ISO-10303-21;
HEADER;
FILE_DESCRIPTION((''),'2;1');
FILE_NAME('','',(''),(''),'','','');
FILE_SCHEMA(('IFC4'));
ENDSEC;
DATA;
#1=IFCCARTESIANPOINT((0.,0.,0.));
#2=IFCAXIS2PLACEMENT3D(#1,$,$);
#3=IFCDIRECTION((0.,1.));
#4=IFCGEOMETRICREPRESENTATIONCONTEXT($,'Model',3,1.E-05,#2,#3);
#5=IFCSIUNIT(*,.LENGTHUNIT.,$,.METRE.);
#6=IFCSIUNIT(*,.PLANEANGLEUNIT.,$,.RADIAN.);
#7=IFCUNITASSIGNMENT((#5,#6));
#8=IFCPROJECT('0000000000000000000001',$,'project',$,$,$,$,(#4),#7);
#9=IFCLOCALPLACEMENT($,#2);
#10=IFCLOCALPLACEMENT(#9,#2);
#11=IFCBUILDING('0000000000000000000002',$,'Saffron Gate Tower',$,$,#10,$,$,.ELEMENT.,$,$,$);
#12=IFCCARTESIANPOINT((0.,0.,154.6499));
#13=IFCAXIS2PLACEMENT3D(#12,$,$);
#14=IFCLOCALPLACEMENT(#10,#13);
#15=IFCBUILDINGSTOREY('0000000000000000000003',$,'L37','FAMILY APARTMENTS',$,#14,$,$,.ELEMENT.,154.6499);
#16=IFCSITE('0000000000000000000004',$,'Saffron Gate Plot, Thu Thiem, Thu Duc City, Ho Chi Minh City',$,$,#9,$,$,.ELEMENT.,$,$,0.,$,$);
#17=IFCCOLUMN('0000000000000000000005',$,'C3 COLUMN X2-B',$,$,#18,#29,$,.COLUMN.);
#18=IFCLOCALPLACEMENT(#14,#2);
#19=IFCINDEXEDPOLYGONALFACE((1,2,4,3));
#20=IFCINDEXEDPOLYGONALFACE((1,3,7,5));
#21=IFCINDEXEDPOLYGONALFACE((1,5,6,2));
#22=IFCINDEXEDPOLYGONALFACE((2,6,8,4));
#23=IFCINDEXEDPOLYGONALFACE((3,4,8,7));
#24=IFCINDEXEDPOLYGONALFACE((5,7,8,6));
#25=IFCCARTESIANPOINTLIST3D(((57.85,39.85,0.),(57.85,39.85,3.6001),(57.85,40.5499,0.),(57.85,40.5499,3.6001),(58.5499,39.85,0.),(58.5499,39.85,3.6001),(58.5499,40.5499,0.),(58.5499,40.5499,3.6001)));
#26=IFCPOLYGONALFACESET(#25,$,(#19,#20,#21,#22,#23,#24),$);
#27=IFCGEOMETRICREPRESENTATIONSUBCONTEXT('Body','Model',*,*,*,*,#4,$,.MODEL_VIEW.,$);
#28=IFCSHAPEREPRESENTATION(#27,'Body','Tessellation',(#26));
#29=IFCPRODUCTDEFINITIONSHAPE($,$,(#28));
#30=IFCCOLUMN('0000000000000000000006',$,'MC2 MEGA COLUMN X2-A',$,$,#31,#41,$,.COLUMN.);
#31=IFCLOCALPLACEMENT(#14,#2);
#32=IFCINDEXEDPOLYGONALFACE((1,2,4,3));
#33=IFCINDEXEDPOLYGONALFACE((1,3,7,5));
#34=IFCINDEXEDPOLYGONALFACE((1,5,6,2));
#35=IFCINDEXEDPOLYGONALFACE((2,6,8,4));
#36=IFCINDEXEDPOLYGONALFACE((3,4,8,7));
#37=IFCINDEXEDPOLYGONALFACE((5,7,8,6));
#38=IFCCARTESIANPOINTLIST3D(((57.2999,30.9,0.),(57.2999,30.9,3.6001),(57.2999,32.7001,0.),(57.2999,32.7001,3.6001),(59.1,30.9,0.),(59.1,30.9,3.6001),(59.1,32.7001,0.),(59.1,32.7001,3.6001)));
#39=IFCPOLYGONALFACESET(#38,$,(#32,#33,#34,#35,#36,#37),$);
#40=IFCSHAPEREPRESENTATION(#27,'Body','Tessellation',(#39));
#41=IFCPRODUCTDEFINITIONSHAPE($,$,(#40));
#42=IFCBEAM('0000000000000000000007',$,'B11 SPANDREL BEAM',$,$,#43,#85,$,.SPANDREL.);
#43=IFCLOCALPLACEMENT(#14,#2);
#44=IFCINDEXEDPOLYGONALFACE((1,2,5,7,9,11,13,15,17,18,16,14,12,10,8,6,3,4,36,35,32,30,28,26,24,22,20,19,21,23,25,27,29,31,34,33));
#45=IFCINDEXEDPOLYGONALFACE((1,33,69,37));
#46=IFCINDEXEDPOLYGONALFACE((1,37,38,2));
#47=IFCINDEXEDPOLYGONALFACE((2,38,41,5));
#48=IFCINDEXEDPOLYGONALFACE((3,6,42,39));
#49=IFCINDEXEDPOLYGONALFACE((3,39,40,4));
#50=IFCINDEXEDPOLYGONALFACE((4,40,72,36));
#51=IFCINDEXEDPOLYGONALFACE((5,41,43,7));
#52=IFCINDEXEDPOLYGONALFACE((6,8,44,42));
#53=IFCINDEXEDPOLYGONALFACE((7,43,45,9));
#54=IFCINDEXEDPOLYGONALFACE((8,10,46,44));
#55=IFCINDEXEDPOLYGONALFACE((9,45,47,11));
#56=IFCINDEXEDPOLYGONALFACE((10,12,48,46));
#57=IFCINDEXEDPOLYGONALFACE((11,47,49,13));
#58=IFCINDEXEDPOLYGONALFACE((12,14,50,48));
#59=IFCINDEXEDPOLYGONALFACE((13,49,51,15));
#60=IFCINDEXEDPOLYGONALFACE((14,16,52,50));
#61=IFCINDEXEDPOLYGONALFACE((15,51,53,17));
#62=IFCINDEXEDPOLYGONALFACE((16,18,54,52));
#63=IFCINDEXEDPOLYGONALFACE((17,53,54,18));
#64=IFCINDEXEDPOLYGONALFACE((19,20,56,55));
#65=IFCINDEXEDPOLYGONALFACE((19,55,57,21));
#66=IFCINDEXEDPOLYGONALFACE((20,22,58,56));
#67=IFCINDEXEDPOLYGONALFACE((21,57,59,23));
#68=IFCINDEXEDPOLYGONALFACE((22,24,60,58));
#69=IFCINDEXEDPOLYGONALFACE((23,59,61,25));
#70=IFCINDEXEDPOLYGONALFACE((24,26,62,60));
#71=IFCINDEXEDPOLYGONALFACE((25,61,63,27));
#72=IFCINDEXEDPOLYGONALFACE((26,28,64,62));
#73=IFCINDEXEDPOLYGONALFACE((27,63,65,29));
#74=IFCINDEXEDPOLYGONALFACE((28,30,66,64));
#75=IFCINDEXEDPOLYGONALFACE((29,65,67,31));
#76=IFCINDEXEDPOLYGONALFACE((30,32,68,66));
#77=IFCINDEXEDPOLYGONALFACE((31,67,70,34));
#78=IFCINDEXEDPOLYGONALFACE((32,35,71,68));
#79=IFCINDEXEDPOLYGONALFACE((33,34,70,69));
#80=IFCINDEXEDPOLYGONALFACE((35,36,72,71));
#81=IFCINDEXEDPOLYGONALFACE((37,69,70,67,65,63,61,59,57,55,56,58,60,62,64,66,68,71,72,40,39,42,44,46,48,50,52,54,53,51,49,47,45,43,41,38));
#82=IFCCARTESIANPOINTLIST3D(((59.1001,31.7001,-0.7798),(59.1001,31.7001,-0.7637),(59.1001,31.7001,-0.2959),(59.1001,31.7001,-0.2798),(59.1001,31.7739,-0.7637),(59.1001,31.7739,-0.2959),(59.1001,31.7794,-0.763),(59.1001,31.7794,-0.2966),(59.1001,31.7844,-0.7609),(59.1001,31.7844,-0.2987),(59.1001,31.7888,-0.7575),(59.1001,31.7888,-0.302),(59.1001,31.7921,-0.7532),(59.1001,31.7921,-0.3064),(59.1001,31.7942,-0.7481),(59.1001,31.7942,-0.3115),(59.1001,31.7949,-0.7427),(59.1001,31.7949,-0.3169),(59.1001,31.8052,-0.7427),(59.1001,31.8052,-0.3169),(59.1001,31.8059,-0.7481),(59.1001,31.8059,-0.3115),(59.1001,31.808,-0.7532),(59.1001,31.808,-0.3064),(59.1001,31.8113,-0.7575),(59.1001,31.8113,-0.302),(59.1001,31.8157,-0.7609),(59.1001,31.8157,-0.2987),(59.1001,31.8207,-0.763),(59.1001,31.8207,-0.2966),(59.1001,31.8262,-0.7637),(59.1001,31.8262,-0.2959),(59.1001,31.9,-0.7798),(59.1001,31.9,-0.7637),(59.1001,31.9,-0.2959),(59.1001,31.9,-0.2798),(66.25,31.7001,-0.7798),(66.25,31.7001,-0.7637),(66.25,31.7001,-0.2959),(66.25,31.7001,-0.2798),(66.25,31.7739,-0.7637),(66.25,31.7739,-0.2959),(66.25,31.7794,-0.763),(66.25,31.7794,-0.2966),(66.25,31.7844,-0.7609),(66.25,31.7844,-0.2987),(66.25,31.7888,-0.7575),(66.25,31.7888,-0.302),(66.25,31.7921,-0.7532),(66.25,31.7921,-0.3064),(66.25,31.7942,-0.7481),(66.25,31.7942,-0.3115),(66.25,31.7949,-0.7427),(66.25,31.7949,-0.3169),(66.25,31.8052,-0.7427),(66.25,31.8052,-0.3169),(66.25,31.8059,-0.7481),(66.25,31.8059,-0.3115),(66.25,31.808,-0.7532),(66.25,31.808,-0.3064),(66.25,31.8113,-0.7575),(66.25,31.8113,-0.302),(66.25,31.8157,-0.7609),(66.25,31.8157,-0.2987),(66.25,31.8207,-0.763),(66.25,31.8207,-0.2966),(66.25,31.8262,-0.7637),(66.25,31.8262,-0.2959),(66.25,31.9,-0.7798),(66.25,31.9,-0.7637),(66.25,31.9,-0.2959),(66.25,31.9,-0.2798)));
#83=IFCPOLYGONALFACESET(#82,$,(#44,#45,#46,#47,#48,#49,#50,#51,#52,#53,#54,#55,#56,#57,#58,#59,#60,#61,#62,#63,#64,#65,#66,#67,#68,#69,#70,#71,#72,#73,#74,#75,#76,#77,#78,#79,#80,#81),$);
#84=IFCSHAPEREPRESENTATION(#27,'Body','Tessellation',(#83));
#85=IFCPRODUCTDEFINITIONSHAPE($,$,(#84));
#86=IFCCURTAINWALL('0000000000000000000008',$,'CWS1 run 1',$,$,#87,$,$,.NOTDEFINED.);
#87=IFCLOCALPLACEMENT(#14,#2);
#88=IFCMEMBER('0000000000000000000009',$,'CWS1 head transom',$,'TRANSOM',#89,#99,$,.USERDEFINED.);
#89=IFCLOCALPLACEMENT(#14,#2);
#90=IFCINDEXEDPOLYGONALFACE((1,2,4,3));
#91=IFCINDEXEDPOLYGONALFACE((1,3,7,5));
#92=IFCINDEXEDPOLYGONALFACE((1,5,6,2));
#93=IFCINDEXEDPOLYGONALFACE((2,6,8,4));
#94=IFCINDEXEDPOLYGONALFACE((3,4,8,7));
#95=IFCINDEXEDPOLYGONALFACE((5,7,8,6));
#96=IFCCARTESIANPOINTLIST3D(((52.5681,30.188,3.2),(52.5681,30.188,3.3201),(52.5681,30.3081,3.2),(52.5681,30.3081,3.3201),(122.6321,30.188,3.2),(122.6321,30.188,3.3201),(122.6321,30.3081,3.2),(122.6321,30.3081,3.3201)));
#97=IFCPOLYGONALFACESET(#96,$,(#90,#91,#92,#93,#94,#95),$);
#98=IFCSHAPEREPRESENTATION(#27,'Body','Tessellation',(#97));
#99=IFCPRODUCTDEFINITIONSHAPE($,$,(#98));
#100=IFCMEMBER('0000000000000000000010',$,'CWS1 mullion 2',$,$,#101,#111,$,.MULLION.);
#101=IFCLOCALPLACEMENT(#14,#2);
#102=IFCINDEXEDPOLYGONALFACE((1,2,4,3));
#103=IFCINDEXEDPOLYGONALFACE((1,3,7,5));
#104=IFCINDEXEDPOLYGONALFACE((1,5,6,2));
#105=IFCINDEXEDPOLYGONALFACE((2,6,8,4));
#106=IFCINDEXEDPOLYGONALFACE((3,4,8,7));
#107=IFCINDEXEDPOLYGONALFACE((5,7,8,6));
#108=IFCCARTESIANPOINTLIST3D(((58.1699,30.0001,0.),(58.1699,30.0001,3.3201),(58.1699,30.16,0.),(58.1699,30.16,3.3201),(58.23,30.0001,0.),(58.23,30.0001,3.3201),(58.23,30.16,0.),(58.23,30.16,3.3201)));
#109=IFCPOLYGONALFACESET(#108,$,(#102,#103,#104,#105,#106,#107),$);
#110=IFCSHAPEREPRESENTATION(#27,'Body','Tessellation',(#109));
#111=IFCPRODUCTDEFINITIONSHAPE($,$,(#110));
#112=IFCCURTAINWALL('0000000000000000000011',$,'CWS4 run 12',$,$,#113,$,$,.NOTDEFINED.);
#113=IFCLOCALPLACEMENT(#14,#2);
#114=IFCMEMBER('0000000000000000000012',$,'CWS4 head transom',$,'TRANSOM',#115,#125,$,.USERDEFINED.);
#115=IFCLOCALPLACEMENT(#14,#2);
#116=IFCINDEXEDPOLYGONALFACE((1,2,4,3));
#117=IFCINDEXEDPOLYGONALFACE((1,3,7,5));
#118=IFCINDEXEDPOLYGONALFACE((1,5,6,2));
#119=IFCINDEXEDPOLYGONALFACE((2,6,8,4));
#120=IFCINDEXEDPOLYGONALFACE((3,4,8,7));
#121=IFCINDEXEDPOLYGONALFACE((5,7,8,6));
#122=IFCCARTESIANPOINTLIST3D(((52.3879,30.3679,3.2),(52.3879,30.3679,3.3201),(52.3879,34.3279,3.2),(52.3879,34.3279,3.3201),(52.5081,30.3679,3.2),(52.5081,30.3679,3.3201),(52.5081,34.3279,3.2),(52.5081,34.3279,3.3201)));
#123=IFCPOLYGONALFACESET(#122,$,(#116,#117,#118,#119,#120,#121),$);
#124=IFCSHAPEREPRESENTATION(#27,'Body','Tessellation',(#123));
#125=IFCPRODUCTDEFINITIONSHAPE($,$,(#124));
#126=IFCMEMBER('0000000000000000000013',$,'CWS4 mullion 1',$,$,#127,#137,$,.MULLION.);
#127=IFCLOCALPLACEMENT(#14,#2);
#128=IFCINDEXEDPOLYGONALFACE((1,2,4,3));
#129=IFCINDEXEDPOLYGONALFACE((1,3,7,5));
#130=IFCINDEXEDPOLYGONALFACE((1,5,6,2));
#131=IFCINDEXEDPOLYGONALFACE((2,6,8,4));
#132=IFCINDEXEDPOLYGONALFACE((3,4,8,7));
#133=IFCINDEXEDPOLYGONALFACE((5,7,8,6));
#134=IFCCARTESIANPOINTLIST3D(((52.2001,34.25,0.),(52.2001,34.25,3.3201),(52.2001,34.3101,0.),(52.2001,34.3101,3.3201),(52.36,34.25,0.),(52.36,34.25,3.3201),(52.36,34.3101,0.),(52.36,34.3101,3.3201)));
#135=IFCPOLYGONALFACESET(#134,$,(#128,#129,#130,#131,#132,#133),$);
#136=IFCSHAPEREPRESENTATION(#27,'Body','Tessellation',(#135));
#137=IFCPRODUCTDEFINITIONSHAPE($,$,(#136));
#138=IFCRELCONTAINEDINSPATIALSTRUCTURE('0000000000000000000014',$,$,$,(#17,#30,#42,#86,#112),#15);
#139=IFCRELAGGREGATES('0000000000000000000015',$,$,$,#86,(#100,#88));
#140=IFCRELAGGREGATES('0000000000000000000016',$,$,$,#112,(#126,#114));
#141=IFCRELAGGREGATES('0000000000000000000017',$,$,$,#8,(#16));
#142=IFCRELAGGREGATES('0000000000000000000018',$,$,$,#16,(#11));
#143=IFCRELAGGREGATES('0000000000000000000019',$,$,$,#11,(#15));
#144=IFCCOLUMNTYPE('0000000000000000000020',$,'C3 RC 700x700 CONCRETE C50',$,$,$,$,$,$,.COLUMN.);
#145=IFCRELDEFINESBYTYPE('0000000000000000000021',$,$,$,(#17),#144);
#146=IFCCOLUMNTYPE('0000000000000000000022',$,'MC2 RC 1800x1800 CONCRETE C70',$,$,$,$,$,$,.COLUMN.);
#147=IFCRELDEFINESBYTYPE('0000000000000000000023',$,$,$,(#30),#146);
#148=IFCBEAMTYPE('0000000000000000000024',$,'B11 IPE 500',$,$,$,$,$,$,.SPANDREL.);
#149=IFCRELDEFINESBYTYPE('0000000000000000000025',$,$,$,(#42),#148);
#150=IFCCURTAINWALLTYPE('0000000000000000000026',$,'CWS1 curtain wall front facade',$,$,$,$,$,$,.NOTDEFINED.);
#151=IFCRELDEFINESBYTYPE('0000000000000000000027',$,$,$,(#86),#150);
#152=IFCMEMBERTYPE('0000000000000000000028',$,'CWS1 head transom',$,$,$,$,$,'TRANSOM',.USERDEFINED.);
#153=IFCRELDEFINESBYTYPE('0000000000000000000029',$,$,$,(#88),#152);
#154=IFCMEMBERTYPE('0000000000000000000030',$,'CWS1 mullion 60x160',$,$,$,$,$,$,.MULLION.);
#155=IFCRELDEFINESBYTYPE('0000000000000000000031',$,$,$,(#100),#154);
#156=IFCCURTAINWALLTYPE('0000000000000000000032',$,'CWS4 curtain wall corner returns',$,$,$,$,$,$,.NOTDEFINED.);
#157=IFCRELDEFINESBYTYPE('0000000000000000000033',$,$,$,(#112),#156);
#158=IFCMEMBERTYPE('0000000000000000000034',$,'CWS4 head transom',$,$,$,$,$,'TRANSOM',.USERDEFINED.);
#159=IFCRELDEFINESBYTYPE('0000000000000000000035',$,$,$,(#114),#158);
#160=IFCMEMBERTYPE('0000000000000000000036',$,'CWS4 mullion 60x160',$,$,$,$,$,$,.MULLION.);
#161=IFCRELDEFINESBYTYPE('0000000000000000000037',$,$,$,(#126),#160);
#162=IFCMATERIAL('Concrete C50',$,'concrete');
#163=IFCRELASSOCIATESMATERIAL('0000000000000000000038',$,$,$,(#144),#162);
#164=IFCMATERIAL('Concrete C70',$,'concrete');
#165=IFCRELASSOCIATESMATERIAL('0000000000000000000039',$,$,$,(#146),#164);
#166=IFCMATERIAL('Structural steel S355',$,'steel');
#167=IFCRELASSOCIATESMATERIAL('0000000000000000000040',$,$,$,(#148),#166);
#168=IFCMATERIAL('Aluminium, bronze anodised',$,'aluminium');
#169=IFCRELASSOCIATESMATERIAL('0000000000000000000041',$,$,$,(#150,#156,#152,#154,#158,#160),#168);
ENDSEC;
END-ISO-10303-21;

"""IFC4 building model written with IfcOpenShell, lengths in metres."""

from ifc_helpers import new_model, si_unit, direction, frame, origin, origin_2d, place, context, subcontext, project, spatial, rectangle, i_section, extrude, material, material_profile, profile_set, type_object, element, aggregate, save


model = new_model("IFC4")

# Units and contexts
model_context = context("Model", 3, precision=1e-05, world=origin(), true_north=direction((0.0, 1.0)))
body_context = subcontext(model_context, "Body", "Model", "MODEL_VIEW")
ifc_project = project(units=[si_unit("LENGTHUNIT", "METRE"), si_unit("PLANEANGLEUNIT", "RADIAN")], contexts=[model_context])

# Site, building, storey
site_placement = place(None, origin())
site = spatial("IfcSite", under=ifc_project, at=site_placement, Name="Saffron Gate Plot, Thu Thiem, Thu Duc City, Ho Chi Minh City", CompositionType="ELEMENT", RefElevation=0.0)
building_placement = place(site_placement, origin())
building = spatial("IfcBuilding", under=site, at=building_placement, Name="Saffron Gate Tower", CompositionType="ELEMENT")
storey_placement = place(building_placement, frame((0.0, 0.0, 154.6499)))
storey = spatial("IfcBuildingStorey", under=building, at=storey_placement, Name="L37", Description="FAMILY APARTMENTS", CompositionType="ELEMENT", Elevation=154.6499)

# Columns
ifc_material_1 = material(Name="Concrete C50", Category="concrete")
ifc_material_profile_1 = material_profile(ifc_material_1, rectangle(XDim=0.7, YDim=0.7, at=origin_2d()))
ifc_profile_set_1 = profile_set([ifc_material_profile_1], Name="Concrete C50")
column_type_1 = type_object("IfcColumnType", Name="C3 RC 700x700 CONCRETE C50", PredefinedType="COLUMN", material=ifc_profile_set_1)
column_1_placement = place(storey_placement, frame((58.2, 40.2, 0.0), z_axis=(0.0, 0.0, 1.0), x_axis=(1.0, 0.0, 0.0)))
element("IfcColumn", 1, at=column_1_placement, inside=storey, type_object=column_type_1, Name="C3 COLUMN X2-B", PredefinedType="COLUMN", context=body_context, shape_type="SweptSolid", body=[
    extrude(rectangle(XDim=0.7, YDim=0.7, at=origin_2d()), origin(), (0.0, 0.0, 1.0), 3.6001),
])
ifc_material_2 = material(Name="Concrete C70", Category="concrete")
ifc_material_profile_2 = material_profile(ifc_material_2, rectangle(XDim=1.8, YDim=1.8, at=origin_2d()))
ifc_profile_set_2 = profile_set([ifc_material_profile_2], Name="Concrete C70")
column_type_2 = type_object("IfcColumnType", Name="MC2 RC 1800x1800 CONCRETE C70", PredefinedType="COLUMN", material=ifc_profile_set_2)
column_2_placement = place(storey_placement, frame((58.2, 31.8, 0.0), z_axis=(0.0, 0.0, 1.0), x_axis=(1.0, 0.0, 0.0)))
element("IfcColumn", 2, at=column_2_placement, inside=storey, type_object=column_type_2, Name="MC2 MEGA COLUMN X2-A", PredefinedType="COLUMN", context=body_context, shape_type="SweptSolid", body=[
    extrude(rectangle(XDim=1.8, YDim=1.8, at=origin_2d()), origin(), (0.0, 0.0, 1.0), 3.6001),
])

# Beam
ifc_material_3 = material(Name="Structural steel S355", Category="steel")
ifc_material_profile_3 = material_profile(ifc_material_3, i_section(OverallWidth=0.2, OverallDepth=0.5, WebThickness=0.0103, FlangeThickness=0.0161, FilletRadius=0.021, at=origin_2d()))
ifc_profile_set_3 = profile_set([ifc_material_profile_3], Name="Structural steel S355")
beam_type = type_object("IfcBeamType", Name="B11 IPE 500", PredefinedType="SPANDREL", material=ifc_profile_set_3)
beam_placement = place(storey_placement, frame((59.1001, 31.8, -0.5298), z_axis=(1.0, 0.0, 0.0), x_axis=(0.0, 1.0, 0.0)))
element("IfcBeam", 3, at=beam_placement, inside=storey, type_object=beam_type, Name="B11 SPANDREL BEAM", PredefinedType="SPANDREL", context=body_context, shape_type="SweptSolid", body=[
    extrude(i_section(OverallWidth=0.2, OverallDepth=0.5, WebThickness=0.0103, FlangeThickness=0.0161, FilletRadius=0.021, at=origin_2d()), origin(), (0.0, 0.0, 1.0), 7.1499),
])

# Curtain walls, members
ifc_material_4 = material(Name="Aluminium, bronze anodised", Category="aluminium")
curtain_wall_type_1 = type_object("IfcCurtainWallType", Name="CWS1 curtain wall front facade", PredefinedType="NOTDEFINED", material=ifc_material_4)
curtain_wall_1_placement = place(storey_placement, origin())
curtain_wall_1 = element("IfcCurtainWall", 4, at=curtain_wall_1_placement, inside=storey, type_object=curtain_wall_type_1, Name="CWS1 run 1", PredefinedType="NOTDEFINED")
ifc_material_profile_4 = material_profile(ifc_material_4, rectangle(XDim=0.1201, YDim=0.1201, at=origin_2d()))
ifc_profile_set_4 = profile_set([ifc_material_profile_4], Name="Aluminium, bronze anodised")
member_type_1 = type_object("IfcMemberType", Name="CWS1 head transom", ElementType="TRANSOM", PredefinedType="USERDEFINED", material=ifc_profile_set_4)
member_1_placement = place(storey_placement, frame((52.5681, 30.248, 3.26), z_axis=(1.0, 0.0, 0.0), x_axis=(0.0, 1.0, 0.0)))
member_1 = element("IfcMember", 5, at=member_1_placement, type_object=member_type_1, Name="CWS1 head transom", ObjectType="TRANSOM", PredefinedType="USERDEFINED", context=body_context, shape_type="SweptSolid", body=[
    extrude(rectangle(XDim=0.1201, YDim=0.1201, at=origin_2d()), origin(), (0.0, 0.0, 1.0), 70.064),
])
ifc_material_profile_5 = material_profile(ifc_material_4, rectangle(XDim=0.1599, YDim=0.0601, at=origin_2d()))
ifc_profile_set_5 = profile_set([ifc_material_profile_5], Name="Aluminium, bronze anodised")
member_type_2 = type_object("IfcMemberType", Name="CWS1 mullion 60x160", PredefinedType="MULLION", material=ifc_profile_set_5)
member_2_placement = place(storey_placement, frame((58.2, 30.0801, 0.0), z_axis=(0.0, 0.0, 1.0), x_axis=(0.0, 1.0, 0.0)))
member_2 = element("IfcMember", 6, at=member_2_placement, type_object=member_type_2, Name="CWS1 mullion 2", PredefinedType="MULLION", context=body_context, shape_type="SweptSolid", body=[
    extrude(rectangle(XDim=0.1599, YDim=0.0601, at=origin_2d()), origin(), (0.0, 0.0, 1.0), 3.3201),
])
curtain_wall_type_2 = type_object("IfcCurtainWallType", Name="CWS4 curtain wall corner returns", PredefinedType="NOTDEFINED", material=ifc_material_4)
curtain_wall_2_placement = place(storey_placement, origin())
curtain_wall_2 = element("IfcCurtainWall", 7, at=curtain_wall_2_placement, inside=storey, type_object=curtain_wall_type_2, Name="CWS4 run 12", PredefinedType="NOTDEFINED")
ifc_material_profile_6 = material_profile(ifc_material_4, rectangle(XDim=0.1201, YDim=0.1201, at=origin_2d()))
ifc_profile_set_6 = profile_set([ifc_material_profile_6], Name="Aluminium, bronze anodised")
member_type_3 = type_object("IfcMemberType", Name="CWS4 head transom", ElementType="TRANSOM", PredefinedType="USERDEFINED", material=ifc_profile_set_6)
member_3_placement = place(storey_placement, frame((52.448, 34.3279, 3.26), z_axis=(0.0, -1.0, 0.0), x_axis=(1.0, 0.0, 0.0)))
member_3 = element("IfcMember", 8, at=member_3_placement, type_object=member_type_3, Name="CWS4 head transom", ObjectType="TRANSOM", PredefinedType="USERDEFINED", context=body_context, shape_type="SweptSolid", body=[
    extrude(rectangle(XDim=0.1201, YDim=0.1201, at=origin_2d()), origin(), (0.0, 0.0, 1.0), 3.96),
])
ifc_material_profile_7 = material_profile(ifc_material_4, rectangle(XDim=0.1599, YDim=0.0601, at=origin_2d()))
ifc_profile_set_7 = profile_set([ifc_material_profile_7], Name="Aluminium, bronze anodised")
member_type_4 = type_object("IfcMemberType", Name="CWS4 mullion 60x160", PredefinedType="MULLION", material=ifc_profile_set_7)
member_4_placement = place(storey_placement, frame((52.28, 34.28, 0.0), z_axis=(0.0, 0.0, 1.0), x_axis=(1.0, 0.0, 0.0)))
member_4 = element("IfcMember", 9, at=member_4_placement, type_object=member_type_4, Name="CWS4 mullion 1", PredefinedType="MULLION", context=body_context, shape_type="SweptSolid", body=[
    extrude(rectangle(XDim=0.1599, YDim=0.0601, at=origin_2d()), origin(), (0.0, 0.0, 1.0), 3.3201),
])

aggregate(curtain_wall_1, [member_2, member_1])

aggregate(curtain_wall_2, [member_4, member_3])

save(model, "model.ifc")
